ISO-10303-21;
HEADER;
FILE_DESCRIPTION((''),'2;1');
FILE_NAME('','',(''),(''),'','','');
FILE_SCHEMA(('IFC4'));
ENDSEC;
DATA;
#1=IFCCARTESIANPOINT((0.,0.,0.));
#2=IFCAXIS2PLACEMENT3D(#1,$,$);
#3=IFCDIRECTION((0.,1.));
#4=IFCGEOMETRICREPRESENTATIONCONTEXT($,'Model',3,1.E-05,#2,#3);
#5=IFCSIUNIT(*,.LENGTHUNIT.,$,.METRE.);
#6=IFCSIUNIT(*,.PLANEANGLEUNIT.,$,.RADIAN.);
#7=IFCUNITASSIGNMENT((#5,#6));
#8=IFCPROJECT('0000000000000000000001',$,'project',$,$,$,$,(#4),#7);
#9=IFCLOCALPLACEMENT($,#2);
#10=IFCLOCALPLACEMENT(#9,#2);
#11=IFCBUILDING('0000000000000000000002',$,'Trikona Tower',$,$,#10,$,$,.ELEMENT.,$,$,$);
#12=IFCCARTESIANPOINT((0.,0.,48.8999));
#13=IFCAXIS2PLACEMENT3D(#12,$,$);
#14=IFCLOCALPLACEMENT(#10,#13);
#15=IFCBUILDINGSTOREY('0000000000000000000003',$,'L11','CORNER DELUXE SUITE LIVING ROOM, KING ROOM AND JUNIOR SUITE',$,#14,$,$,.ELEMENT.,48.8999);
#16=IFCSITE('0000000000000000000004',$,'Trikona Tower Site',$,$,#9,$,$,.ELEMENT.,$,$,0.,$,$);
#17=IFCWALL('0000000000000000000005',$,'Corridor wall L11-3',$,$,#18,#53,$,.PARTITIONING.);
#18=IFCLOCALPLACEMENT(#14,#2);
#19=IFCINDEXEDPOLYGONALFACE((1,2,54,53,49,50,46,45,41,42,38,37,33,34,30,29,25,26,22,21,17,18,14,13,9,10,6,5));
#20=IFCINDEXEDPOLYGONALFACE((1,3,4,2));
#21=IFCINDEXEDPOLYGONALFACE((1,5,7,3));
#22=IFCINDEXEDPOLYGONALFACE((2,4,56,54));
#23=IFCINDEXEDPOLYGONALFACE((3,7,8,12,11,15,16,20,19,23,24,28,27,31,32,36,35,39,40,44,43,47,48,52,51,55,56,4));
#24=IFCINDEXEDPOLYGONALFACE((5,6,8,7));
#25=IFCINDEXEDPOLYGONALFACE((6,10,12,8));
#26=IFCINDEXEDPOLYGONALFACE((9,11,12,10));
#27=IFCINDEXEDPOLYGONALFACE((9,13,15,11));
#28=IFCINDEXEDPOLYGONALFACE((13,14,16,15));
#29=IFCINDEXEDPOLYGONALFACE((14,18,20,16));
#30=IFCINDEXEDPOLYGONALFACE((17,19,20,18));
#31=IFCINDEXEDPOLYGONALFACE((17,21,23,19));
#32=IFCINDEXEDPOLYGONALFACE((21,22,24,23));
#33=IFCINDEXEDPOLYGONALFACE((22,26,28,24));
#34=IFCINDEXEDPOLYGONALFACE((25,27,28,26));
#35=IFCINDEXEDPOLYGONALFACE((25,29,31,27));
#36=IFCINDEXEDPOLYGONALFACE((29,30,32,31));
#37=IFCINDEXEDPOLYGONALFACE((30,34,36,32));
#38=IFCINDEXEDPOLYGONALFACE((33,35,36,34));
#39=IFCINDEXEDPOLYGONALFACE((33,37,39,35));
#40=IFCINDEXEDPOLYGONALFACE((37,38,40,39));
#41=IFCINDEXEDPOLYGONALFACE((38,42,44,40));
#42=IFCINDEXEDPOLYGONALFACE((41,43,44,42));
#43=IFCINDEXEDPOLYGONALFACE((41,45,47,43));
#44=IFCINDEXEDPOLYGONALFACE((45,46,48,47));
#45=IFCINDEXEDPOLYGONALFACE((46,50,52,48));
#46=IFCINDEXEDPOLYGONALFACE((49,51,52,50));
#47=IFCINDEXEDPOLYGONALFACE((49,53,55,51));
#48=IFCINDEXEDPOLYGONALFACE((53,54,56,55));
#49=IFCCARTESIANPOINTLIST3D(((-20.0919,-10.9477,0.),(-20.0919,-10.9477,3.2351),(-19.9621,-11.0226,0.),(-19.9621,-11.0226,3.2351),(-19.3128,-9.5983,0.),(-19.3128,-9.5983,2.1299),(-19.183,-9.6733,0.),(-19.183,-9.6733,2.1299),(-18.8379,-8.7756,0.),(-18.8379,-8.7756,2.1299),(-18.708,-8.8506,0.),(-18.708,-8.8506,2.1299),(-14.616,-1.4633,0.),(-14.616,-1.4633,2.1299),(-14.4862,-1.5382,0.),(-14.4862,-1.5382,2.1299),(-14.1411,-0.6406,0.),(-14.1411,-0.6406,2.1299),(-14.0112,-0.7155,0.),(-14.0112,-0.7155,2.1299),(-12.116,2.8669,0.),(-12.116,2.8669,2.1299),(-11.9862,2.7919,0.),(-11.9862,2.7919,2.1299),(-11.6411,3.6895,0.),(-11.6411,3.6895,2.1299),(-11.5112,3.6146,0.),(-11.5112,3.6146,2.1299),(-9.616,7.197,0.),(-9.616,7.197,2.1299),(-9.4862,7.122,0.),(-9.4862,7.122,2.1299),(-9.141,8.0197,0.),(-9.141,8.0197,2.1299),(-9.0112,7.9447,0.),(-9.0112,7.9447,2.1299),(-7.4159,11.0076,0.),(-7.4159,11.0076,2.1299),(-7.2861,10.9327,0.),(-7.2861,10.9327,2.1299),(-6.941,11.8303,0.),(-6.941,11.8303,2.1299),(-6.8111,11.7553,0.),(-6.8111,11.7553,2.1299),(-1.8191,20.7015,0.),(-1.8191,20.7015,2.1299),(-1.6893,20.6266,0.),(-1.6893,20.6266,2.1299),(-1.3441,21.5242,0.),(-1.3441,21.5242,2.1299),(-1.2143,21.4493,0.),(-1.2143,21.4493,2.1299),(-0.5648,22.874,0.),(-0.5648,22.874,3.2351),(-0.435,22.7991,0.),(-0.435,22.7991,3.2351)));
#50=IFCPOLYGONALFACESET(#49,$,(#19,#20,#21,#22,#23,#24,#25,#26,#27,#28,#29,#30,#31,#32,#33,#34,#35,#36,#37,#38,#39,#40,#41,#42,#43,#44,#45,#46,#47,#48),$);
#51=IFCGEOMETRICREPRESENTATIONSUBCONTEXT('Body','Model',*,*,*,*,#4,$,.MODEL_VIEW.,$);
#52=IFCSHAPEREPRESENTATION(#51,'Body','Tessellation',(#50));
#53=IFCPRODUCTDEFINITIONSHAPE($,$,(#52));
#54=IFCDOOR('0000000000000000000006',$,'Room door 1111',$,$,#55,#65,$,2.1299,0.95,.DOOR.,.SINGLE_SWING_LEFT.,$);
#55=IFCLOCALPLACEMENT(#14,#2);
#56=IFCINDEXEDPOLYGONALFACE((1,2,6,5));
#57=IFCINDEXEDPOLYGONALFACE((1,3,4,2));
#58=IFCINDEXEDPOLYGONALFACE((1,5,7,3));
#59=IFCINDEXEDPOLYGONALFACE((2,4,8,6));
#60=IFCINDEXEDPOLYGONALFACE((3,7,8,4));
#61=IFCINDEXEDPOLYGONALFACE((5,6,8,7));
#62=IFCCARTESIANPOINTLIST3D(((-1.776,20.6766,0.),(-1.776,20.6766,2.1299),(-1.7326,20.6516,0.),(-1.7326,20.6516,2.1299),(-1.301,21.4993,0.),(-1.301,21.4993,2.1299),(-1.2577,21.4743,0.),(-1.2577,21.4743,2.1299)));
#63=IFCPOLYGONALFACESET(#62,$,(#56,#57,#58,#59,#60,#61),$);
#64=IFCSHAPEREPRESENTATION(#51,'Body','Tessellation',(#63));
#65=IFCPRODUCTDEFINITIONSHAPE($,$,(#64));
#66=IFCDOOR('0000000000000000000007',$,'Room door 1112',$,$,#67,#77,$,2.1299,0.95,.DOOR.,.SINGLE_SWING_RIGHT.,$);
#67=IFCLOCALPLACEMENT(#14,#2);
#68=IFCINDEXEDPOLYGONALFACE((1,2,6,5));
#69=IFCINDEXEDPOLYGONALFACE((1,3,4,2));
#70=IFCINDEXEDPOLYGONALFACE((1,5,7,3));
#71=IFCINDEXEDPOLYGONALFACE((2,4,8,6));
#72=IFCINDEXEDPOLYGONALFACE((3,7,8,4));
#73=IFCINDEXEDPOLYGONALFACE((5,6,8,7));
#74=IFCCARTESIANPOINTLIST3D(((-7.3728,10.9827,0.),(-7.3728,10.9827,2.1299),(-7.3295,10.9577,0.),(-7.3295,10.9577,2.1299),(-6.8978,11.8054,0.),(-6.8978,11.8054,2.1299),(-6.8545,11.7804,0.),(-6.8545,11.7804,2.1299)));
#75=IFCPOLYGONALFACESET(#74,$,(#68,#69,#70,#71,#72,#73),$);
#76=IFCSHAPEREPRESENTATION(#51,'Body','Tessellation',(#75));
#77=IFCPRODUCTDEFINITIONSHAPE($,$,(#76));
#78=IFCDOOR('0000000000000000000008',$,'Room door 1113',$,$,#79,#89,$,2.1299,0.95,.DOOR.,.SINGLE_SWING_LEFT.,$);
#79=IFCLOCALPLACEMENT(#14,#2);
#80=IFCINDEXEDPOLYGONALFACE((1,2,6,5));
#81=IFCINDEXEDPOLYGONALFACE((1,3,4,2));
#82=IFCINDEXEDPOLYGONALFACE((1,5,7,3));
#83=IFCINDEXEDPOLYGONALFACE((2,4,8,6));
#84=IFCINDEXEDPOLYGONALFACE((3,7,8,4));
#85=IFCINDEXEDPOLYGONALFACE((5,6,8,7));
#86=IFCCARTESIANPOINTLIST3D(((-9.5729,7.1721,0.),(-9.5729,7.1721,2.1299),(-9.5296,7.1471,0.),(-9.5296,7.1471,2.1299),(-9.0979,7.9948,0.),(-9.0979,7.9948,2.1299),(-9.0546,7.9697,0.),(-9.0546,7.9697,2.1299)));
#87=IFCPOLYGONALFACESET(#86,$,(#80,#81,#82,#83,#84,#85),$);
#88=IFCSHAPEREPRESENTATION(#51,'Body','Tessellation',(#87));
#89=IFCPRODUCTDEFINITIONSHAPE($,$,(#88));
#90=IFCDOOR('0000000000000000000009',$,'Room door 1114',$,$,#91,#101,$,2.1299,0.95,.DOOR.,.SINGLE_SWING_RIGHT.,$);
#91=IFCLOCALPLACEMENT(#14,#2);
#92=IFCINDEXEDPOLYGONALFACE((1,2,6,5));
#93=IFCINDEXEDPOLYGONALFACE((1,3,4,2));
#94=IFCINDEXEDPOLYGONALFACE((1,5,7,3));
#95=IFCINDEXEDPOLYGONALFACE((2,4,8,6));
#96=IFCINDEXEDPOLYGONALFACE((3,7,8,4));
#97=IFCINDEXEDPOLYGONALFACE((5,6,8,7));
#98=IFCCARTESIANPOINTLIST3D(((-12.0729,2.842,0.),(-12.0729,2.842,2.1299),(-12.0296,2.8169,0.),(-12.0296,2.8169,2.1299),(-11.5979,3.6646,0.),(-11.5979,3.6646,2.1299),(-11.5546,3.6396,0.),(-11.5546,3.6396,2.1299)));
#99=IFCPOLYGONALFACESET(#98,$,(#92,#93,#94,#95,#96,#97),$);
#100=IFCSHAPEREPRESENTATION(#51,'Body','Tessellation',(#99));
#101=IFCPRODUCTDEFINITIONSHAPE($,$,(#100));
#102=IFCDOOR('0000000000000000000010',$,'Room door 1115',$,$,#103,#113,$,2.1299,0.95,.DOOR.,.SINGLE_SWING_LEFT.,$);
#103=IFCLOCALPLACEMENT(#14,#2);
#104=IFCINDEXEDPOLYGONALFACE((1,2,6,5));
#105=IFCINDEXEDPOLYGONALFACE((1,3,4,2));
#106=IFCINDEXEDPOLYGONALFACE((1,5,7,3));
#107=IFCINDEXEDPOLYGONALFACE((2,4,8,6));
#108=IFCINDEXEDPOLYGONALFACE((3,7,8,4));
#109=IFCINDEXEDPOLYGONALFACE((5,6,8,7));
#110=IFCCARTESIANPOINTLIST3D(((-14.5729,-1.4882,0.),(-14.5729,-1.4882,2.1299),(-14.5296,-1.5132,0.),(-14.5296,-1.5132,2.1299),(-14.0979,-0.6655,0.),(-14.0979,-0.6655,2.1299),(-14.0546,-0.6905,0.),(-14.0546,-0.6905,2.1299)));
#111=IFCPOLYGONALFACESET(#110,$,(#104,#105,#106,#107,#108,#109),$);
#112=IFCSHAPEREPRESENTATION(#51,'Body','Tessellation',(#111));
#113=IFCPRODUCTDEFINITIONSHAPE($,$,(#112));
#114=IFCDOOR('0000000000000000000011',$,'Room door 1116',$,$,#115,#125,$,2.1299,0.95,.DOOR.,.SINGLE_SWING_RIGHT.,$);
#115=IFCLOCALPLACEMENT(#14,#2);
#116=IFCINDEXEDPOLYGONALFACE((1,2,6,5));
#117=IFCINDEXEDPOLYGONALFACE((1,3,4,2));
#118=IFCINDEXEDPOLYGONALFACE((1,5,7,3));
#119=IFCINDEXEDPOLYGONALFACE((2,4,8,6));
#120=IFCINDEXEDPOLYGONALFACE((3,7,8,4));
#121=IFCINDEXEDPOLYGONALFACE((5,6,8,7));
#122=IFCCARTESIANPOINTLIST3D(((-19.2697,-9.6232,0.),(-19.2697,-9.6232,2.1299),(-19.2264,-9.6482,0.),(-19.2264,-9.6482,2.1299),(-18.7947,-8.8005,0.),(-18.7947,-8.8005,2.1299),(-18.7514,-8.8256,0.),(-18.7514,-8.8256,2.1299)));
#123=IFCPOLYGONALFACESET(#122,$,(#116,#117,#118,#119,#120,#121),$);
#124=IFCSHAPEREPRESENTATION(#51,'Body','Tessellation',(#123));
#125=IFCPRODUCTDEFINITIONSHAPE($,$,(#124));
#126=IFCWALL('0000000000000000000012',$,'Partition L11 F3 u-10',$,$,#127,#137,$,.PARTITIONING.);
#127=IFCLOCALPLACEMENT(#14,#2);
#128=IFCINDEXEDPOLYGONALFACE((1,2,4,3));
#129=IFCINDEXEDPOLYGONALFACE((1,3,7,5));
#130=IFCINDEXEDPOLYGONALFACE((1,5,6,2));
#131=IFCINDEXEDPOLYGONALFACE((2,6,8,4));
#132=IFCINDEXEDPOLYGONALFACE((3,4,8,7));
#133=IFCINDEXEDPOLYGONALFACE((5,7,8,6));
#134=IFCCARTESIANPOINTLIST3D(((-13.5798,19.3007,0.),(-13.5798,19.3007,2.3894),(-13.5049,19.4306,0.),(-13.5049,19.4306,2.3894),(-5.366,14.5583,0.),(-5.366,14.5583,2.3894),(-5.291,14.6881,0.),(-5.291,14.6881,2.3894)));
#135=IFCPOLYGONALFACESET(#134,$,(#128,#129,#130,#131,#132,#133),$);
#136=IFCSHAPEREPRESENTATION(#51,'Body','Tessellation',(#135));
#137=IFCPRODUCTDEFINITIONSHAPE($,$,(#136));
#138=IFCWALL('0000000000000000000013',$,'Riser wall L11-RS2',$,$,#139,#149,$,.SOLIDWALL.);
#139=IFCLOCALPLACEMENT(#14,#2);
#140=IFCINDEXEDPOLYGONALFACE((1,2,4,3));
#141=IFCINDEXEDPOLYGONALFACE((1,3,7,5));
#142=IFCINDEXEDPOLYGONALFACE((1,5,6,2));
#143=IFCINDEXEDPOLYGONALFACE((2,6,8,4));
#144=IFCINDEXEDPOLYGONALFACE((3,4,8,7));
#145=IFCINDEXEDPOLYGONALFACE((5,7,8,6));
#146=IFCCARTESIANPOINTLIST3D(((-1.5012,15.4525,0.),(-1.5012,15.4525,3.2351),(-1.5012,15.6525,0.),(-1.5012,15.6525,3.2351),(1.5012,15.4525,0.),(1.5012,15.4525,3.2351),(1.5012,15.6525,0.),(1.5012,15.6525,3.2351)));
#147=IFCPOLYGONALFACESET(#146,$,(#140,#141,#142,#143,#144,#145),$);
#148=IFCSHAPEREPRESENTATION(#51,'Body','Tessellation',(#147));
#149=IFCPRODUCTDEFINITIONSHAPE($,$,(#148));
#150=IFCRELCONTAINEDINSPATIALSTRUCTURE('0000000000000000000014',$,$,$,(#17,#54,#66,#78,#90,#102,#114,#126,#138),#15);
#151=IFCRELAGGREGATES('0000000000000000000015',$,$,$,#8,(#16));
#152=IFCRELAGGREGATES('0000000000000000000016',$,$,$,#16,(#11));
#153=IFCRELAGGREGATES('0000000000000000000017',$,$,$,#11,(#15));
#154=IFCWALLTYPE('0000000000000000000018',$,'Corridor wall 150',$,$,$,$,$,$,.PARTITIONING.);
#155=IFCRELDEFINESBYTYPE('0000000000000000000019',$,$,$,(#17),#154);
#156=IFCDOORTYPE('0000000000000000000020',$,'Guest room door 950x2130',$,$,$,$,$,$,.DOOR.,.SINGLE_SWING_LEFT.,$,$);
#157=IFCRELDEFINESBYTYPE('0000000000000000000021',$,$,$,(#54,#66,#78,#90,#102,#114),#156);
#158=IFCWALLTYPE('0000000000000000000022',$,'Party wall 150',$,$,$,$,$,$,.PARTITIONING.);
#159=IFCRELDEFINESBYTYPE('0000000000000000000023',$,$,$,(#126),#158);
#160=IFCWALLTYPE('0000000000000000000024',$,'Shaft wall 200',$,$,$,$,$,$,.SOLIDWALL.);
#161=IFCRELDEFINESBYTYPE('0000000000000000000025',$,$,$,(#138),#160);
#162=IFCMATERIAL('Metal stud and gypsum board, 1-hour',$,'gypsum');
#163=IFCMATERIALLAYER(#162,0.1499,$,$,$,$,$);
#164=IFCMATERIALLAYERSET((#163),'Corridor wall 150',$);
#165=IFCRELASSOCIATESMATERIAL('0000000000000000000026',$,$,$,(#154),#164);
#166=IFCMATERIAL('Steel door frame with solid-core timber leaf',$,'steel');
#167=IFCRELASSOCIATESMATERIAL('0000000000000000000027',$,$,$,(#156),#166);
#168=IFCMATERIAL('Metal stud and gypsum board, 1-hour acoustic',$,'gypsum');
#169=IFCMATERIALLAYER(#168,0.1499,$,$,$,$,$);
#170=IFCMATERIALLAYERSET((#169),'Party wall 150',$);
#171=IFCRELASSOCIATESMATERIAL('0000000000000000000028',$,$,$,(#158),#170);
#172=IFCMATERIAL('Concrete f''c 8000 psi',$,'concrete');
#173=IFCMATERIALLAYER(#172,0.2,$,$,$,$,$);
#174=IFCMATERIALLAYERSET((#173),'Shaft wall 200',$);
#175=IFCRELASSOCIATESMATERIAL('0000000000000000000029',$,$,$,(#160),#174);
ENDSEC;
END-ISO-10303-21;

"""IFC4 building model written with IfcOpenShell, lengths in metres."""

from ifc_helpers import new_model, si_unit, direction, frame, frame_2d, origin, place, context, subcontext, project, spatial, rectangle, extrude, material, layer, layer_set, type_object, element, fill, save


model = new_model("IFC4")

# Units and contexts
model_context = context("Model", 3, precision=1e-05, world=origin(), true_north=direction((0.0, 1.0)))
body_context = subcontext(model_context, "Body", "Model", "MODEL_VIEW")
ifc_project = project(units=[si_unit("LENGTHUNIT", "METRE"), si_unit("PLANEANGLEUNIT", "RADIAN")], contexts=[model_context])

# Site, building, storey
site_placement = place(None, origin())
site = spatial("IfcSite", under=ifc_project, at=site_placement, Name="Trikona Tower Site", CompositionType="ELEMENT", RefElevation=0.0)
building_placement = place(site_placement, origin())
building = spatial("IfcBuilding", under=site, at=building_placement, Name="Trikona Tower", CompositionType="ELEMENT")
storey_placement = place(building_placement, frame((0.0, 0.0, 48.8999)))
storey = spatial("IfcBuildingStorey", under=building, at=storey_placement, Name="L11", Description="CORNER DELUXE SUITE LIVING ROOM, KING ROOM AND JUNIOR SUITE", CompositionType="ELEMENT", Elevation=48.8999)

# Wall, openings, doors
ifc_material_1 = material(Name="Metal stud and gypsum board, 1-hour", Category="gypsum")
ifc_layer_1 = layer(ifc_material_1, 0.1499)
ifc_layer_set_1 = layer_set([ifc_layer_1], Name="Corridor wall 150")
wall_type_1 = type_object("IfcWallType", Name="Corridor wall 150", PredefinedType="PARTITIONING", material=ifc_layer_set_1)
wall_1_placement = place(storey_placement, frame((-0.5, 22.8364, 0.0), z_axis=(0.0, 0.0, 1.0), x_axis=(-0.500002, -0.866024, 0.0)))
wall_1 = element("IfcWall", 1, at=wall_1_placement, inside=storey, type_object=wall_type_1, Name="Corridor wall L11-3", PredefinedType="PARTITIONING", context=body_context, shape_type="SweptSolid", body=[
    extrude(rectangle(XDim=39.054, YDim=0.1499, at=frame_2d((19.5269, 0.0))), origin(), (0.0, 0.0, 1.0), 3.2351),
])
opening_1_placement = place(wall_1_placement, frame((1.5583, 0.0, 0.0)))
opening_1 = element("IfcOpeningElement", 2, at=opening_1_placement, cuts=wall_1, PredefinedType="OPENING", context=body_context, shape_type="SweptSolid", body=[
    extrude(rectangle(XDim=0.95, YDim=2.1299, at=frame_2d((0.4751, 1.0649))), frame((0.0, 0.085, 0.0), z_axis=(0.0, -1.0, 0.0), x_axis=(1.0, 0.0, 0.0)), (0.0, 0.0, 1.0), 0.1699),
])
opening_2_placement = place(wall_1_placement, frame((12.752, 0.0, 0.0)))
opening_2 = element("IfcOpeningElement", 3, at=opening_2_placement, cuts=wall_1, PredefinedType="OPENING", context=body_context, shape_type="SweptSolid", body=[
    extrude(rectangle(XDim=0.95, YDim=2.1299, at=frame_2d((0.4751, 1.0649))), frame((0.0, 0.085, 0.0), z_axis=(0.0, -1.0, 0.0), x_axis=(1.0, 0.0, 0.0)), (0.0, 0.0, 1.0), 0.1699),
])
opening_3_placement = place(wall_1_placement, frame((17.1521, 0.0, 0.0)))
opening_3 = element("IfcOpeningElement", 4, at=opening_3_placement, cuts=wall_1, PredefinedType="OPENING", context=body_context, shape_type="SweptSolid", body=[
    extrude(rectangle(XDim=0.95, YDim=2.1299, at=frame_2d((0.4751, 1.0649))), frame((0.0, 0.085, 0.0), z_axis=(0.0, -1.0, 0.0), x_axis=(1.0, 0.0, 0.0)), (0.0, 0.0, 1.0), 0.1699),
])
opening_4_placement = place(wall_1_placement, frame((22.1521, 0.0, 0.0)))
opening_4 = element("IfcOpeningElement", 5, at=opening_4_placement, cuts=wall_1, PredefinedType="OPENING", context=body_context, shape_type="SweptSolid", body=[
    extrude(rectangle(XDim=0.95, YDim=2.1299, at=frame_2d((0.4751, 1.0649))), frame((0.0, 0.085, 0.0), z_axis=(0.0, -1.0, 0.0), x_axis=(1.0, 0.0, 0.0)), (0.0, 0.0, 1.0), 0.1699),
])
opening_5_placement = place(wall_1_placement, frame((27.1521, 0.0, 0.0)))
opening_5 = element("IfcOpeningElement", 6, at=opening_5_placement, cuts=wall_1, PredefinedType="OPENING", context=body_context, shape_type="SweptSolid", body=[
    extrude(rectangle(XDim=0.95, YDim=2.1299, at=frame_2d((0.4751, 1.0649))), frame((0.0, 0.085, 0.0), z_axis=(0.0, -1.0, 0.0), x_axis=(1.0, 0.0, 0.0)), (0.0, 0.0, 1.0), 0.1699),
])
opening_6_placement = place(wall_1_placement, frame((36.5457, 0.0, 0.0)))
opening_6 = element("IfcOpeningElement", 7, at=opening_6_placement, cuts=wall_1, PredefinedType="OPENING", context=body_context, shape_type="SweptSolid", body=[
    extrude(rectangle(XDim=0.95, YDim=2.1299, at=frame_2d((0.4751, 1.0649))), frame((0.0, 0.085, 0.0), z_axis=(0.0, -1.0, 0.0), x_axis=(1.0, 0.0, 0.0)), (0.0, 0.0, 1.0), 0.1699),
])
ifc_material_2 = material(Name="Steel door frame with solid-core timber leaf", Category="steel")
door_type_1 = type_object("IfcDoorType", Name="Guest room door 950x2130", OperationType="SINGLE_SWING_LEFT", PredefinedType="DOOR", material=ifc_material_2)
door_1_placement = place(opening_1_placement, origin())
door_1 = element("IfcDoor", 8, at=door_1_placement, inside=storey, type_object=door_type_1, Name="Room door 1111", OperationType="SINGLE_SWING_LEFT", OverallHeight=2.1299, OverallWidth=0.95, PredefinedType="DOOR", context=body_context, shape_type="SweptSolid", body=[
    extrude(rectangle(XDim=0.95, YDim=2.1299, at=frame_2d((0.4751, 1.0649))), frame((0.0, 0.0249, 0.0), z_axis=(0.0, -1.0, 0.0), x_axis=(1.0, 0.0, 0.0)), (0.0, 0.0, 1.0), 0.05),
])
fill(opening_1, door_1)
door_2_placement = place(opening_2_placement, origin())
door_2 = element("IfcDoor", 9, at=door_2_placement, inside=storey, type_object=door_type_1, Name="Room door 1112", OperationType="SINGLE_SWING_RIGHT", OverallHeight=2.1299, OverallWidth=0.95, PredefinedType="DOOR", context=body_context, shape_type="SweptSolid", body=[
    extrude(rectangle(XDim=0.95, YDim=2.1299, at=frame_2d((0.4751, 1.0649))), frame((0.0, 0.0249, 0.0), z_axis=(0.0, -1.0, 0.0), x_axis=(1.0, 0.0, 0.0)), (0.0, 0.0, 1.0), 0.05),
])
fill(opening_2, door_2)
door_3_placement = place(opening_3_placement, origin())
door_3 = element("IfcDoor", 10, at=door_3_placement, inside=storey, type_object=door_type_1, Name="Room door 1113", OperationType="SINGLE_SWING_LEFT", OverallHeight=2.1299, OverallWidth=0.95, PredefinedType="DOOR", context=body_context, shape_type="SweptSolid", body=[
    extrude(rectangle(XDim=0.95, YDim=2.1299, at=frame_2d((0.4751, 1.0649))), frame((0.0, 0.0249, 0.0), z_axis=(0.0, -1.0, 0.0), x_axis=(1.0, 0.0, 0.0)), (0.0, 0.0, 1.0), 0.05),
])
fill(opening_3, door_3)
door_4_placement = place(opening_4_placement, origin())
door_4 = element("IfcDoor", 11, at=door_4_placement, inside=storey, type_object=door_type_1, Name="Room door 1114", OperationType="SINGLE_SWING_RIGHT", OverallHeight=2.1299, OverallWidth=0.95, PredefinedType="DOOR", context=body_context, shape_type="SweptSolid", body=[
    extrude(rectangle(XDim=0.95, YDim=2.1299, at=frame_2d((0.4751, 1.0649))), frame((0.0, 0.0249, 0.0), z_axis=(0.0, -1.0, 0.0), x_axis=(1.0, 0.0, 0.0)), (0.0, 0.0, 1.0), 0.05),
])
fill(opening_4, door_4)
door_5_placement = place(opening_5_placement, origin())
door_5 = element("IfcDoor", 12, at=door_5_placement, inside=storey, type_object=door_type_1, Name="Room door 1115", OperationType="SINGLE_SWING_LEFT", OverallHeight=2.1299, OverallWidth=0.95, PredefinedType="DOOR", context=body_context, shape_type="SweptSolid", body=[
    extrude(rectangle(XDim=0.95, YDim=2.1299, at=frame_2d((0.4751, 1.0649))), frame((0.0, 0.0249, 0.0), z_axis=(0.0, -1.0, 0.0), x_axis=(1.0, 0.0, 0.0)), (0.0, 0.0, 1.0), 0.05),
])
fill(opening_5, door_5)
door_6_placement = place(opening_6_placement, origin())
door_6 = element("IfcDoor", 13, at=door_6_placement, inside=storey, type_object=door_type_1, Name="Room door 1116", OperationType="SINGLE_SWING_RIGHT", OverallHeight=2.1299, OverallWidth=0.95, PredefinedType="DOOR", context=body_context, shape_type="SweptSolid", body=[
    extrude(rectangle(XDim=0.95, YDim=2.1299, at=frame_2d((0.4751, 1.0649))), frame((0.0, 0.0249, 0.0), z_axis=(0.0, -1.0, 0.0), x_axis=(1.0, 0.0, 0.0)), (0.0, 0.0, 1.0), 0.05),
])
fill(opening_6, door_6)

# Walls
ifc_material_3 = material(Name="Metal stud and gypsum board, 1-hour acoustic", Category="gypsum")
ifc_layer_2 = layer(ifc_material_3, 0.1499)
ifc_layer_set_2 = layer_set([ifc_layer_2], Name="Party wall 150")
wall_type_2 = type_object("IfcWallType", Name="Party wall 150", PredefinedType="PARTITIONING", material=ifc_layer_set_2)
wall_2_placement = place(storey_placement, frame((-5.3286, 14.6233, 0.0), z_axis=(0.0, 0.0, 1.0), x_axis=(-0.866018, 0.500012, 0.0)))
element("IfcWall", 14, at=wall_2_placement, inside=storey, type_object=wall_type_2, Name="Partition L11 F3 u-10", PredefinedType="PARTITIONING", context=body_context, shape_type="SweptSolid", body=[
    extrude(rectangle(XDim=9.4846, YDim=0.1499, at=frame_2d((4.7422, 0.0))), origin(), (0.0, 0.0, 1.0), 2.3894),
])
ifc_material_4 = material(Name="Concrete f'c 8000 psi", Category="concrete")
ifc_layer_3 = layer(ifc_material_4, 0.2)
ifc_layer_set_3 = layer_set([ifc_layer_3], Name="Shaft wall 200")
wall_type_3 = type_object("IfcWallType", Name="Shaft wall 200", PredefinedType="SOLIDWALL", material=ifc_layer_set_3)
wall_3_placement = place(storey_placement, frame((-1.5012, 15.5525, 0.0), z_axis=(0.0, 0.0, 1.0), x_axis=(1.0, 0.0, 0.0)))
element("IfcWall", 15, at=wall_3_placement, inside=storey, type_object=wall_type_3, Name="Riser wall L11-RS2", PredefinedType="SOLIDWALL", context=body_context, shape_type="SweptSolid", body=[
    extrude(rectangle(XDim=3.0024, YDim=0.2, at=frame_2d((1.5012, 0.0))), origin(), (0.0, 0.0, 1.0), 3.2351),
])

save(model, "model.ifc")
